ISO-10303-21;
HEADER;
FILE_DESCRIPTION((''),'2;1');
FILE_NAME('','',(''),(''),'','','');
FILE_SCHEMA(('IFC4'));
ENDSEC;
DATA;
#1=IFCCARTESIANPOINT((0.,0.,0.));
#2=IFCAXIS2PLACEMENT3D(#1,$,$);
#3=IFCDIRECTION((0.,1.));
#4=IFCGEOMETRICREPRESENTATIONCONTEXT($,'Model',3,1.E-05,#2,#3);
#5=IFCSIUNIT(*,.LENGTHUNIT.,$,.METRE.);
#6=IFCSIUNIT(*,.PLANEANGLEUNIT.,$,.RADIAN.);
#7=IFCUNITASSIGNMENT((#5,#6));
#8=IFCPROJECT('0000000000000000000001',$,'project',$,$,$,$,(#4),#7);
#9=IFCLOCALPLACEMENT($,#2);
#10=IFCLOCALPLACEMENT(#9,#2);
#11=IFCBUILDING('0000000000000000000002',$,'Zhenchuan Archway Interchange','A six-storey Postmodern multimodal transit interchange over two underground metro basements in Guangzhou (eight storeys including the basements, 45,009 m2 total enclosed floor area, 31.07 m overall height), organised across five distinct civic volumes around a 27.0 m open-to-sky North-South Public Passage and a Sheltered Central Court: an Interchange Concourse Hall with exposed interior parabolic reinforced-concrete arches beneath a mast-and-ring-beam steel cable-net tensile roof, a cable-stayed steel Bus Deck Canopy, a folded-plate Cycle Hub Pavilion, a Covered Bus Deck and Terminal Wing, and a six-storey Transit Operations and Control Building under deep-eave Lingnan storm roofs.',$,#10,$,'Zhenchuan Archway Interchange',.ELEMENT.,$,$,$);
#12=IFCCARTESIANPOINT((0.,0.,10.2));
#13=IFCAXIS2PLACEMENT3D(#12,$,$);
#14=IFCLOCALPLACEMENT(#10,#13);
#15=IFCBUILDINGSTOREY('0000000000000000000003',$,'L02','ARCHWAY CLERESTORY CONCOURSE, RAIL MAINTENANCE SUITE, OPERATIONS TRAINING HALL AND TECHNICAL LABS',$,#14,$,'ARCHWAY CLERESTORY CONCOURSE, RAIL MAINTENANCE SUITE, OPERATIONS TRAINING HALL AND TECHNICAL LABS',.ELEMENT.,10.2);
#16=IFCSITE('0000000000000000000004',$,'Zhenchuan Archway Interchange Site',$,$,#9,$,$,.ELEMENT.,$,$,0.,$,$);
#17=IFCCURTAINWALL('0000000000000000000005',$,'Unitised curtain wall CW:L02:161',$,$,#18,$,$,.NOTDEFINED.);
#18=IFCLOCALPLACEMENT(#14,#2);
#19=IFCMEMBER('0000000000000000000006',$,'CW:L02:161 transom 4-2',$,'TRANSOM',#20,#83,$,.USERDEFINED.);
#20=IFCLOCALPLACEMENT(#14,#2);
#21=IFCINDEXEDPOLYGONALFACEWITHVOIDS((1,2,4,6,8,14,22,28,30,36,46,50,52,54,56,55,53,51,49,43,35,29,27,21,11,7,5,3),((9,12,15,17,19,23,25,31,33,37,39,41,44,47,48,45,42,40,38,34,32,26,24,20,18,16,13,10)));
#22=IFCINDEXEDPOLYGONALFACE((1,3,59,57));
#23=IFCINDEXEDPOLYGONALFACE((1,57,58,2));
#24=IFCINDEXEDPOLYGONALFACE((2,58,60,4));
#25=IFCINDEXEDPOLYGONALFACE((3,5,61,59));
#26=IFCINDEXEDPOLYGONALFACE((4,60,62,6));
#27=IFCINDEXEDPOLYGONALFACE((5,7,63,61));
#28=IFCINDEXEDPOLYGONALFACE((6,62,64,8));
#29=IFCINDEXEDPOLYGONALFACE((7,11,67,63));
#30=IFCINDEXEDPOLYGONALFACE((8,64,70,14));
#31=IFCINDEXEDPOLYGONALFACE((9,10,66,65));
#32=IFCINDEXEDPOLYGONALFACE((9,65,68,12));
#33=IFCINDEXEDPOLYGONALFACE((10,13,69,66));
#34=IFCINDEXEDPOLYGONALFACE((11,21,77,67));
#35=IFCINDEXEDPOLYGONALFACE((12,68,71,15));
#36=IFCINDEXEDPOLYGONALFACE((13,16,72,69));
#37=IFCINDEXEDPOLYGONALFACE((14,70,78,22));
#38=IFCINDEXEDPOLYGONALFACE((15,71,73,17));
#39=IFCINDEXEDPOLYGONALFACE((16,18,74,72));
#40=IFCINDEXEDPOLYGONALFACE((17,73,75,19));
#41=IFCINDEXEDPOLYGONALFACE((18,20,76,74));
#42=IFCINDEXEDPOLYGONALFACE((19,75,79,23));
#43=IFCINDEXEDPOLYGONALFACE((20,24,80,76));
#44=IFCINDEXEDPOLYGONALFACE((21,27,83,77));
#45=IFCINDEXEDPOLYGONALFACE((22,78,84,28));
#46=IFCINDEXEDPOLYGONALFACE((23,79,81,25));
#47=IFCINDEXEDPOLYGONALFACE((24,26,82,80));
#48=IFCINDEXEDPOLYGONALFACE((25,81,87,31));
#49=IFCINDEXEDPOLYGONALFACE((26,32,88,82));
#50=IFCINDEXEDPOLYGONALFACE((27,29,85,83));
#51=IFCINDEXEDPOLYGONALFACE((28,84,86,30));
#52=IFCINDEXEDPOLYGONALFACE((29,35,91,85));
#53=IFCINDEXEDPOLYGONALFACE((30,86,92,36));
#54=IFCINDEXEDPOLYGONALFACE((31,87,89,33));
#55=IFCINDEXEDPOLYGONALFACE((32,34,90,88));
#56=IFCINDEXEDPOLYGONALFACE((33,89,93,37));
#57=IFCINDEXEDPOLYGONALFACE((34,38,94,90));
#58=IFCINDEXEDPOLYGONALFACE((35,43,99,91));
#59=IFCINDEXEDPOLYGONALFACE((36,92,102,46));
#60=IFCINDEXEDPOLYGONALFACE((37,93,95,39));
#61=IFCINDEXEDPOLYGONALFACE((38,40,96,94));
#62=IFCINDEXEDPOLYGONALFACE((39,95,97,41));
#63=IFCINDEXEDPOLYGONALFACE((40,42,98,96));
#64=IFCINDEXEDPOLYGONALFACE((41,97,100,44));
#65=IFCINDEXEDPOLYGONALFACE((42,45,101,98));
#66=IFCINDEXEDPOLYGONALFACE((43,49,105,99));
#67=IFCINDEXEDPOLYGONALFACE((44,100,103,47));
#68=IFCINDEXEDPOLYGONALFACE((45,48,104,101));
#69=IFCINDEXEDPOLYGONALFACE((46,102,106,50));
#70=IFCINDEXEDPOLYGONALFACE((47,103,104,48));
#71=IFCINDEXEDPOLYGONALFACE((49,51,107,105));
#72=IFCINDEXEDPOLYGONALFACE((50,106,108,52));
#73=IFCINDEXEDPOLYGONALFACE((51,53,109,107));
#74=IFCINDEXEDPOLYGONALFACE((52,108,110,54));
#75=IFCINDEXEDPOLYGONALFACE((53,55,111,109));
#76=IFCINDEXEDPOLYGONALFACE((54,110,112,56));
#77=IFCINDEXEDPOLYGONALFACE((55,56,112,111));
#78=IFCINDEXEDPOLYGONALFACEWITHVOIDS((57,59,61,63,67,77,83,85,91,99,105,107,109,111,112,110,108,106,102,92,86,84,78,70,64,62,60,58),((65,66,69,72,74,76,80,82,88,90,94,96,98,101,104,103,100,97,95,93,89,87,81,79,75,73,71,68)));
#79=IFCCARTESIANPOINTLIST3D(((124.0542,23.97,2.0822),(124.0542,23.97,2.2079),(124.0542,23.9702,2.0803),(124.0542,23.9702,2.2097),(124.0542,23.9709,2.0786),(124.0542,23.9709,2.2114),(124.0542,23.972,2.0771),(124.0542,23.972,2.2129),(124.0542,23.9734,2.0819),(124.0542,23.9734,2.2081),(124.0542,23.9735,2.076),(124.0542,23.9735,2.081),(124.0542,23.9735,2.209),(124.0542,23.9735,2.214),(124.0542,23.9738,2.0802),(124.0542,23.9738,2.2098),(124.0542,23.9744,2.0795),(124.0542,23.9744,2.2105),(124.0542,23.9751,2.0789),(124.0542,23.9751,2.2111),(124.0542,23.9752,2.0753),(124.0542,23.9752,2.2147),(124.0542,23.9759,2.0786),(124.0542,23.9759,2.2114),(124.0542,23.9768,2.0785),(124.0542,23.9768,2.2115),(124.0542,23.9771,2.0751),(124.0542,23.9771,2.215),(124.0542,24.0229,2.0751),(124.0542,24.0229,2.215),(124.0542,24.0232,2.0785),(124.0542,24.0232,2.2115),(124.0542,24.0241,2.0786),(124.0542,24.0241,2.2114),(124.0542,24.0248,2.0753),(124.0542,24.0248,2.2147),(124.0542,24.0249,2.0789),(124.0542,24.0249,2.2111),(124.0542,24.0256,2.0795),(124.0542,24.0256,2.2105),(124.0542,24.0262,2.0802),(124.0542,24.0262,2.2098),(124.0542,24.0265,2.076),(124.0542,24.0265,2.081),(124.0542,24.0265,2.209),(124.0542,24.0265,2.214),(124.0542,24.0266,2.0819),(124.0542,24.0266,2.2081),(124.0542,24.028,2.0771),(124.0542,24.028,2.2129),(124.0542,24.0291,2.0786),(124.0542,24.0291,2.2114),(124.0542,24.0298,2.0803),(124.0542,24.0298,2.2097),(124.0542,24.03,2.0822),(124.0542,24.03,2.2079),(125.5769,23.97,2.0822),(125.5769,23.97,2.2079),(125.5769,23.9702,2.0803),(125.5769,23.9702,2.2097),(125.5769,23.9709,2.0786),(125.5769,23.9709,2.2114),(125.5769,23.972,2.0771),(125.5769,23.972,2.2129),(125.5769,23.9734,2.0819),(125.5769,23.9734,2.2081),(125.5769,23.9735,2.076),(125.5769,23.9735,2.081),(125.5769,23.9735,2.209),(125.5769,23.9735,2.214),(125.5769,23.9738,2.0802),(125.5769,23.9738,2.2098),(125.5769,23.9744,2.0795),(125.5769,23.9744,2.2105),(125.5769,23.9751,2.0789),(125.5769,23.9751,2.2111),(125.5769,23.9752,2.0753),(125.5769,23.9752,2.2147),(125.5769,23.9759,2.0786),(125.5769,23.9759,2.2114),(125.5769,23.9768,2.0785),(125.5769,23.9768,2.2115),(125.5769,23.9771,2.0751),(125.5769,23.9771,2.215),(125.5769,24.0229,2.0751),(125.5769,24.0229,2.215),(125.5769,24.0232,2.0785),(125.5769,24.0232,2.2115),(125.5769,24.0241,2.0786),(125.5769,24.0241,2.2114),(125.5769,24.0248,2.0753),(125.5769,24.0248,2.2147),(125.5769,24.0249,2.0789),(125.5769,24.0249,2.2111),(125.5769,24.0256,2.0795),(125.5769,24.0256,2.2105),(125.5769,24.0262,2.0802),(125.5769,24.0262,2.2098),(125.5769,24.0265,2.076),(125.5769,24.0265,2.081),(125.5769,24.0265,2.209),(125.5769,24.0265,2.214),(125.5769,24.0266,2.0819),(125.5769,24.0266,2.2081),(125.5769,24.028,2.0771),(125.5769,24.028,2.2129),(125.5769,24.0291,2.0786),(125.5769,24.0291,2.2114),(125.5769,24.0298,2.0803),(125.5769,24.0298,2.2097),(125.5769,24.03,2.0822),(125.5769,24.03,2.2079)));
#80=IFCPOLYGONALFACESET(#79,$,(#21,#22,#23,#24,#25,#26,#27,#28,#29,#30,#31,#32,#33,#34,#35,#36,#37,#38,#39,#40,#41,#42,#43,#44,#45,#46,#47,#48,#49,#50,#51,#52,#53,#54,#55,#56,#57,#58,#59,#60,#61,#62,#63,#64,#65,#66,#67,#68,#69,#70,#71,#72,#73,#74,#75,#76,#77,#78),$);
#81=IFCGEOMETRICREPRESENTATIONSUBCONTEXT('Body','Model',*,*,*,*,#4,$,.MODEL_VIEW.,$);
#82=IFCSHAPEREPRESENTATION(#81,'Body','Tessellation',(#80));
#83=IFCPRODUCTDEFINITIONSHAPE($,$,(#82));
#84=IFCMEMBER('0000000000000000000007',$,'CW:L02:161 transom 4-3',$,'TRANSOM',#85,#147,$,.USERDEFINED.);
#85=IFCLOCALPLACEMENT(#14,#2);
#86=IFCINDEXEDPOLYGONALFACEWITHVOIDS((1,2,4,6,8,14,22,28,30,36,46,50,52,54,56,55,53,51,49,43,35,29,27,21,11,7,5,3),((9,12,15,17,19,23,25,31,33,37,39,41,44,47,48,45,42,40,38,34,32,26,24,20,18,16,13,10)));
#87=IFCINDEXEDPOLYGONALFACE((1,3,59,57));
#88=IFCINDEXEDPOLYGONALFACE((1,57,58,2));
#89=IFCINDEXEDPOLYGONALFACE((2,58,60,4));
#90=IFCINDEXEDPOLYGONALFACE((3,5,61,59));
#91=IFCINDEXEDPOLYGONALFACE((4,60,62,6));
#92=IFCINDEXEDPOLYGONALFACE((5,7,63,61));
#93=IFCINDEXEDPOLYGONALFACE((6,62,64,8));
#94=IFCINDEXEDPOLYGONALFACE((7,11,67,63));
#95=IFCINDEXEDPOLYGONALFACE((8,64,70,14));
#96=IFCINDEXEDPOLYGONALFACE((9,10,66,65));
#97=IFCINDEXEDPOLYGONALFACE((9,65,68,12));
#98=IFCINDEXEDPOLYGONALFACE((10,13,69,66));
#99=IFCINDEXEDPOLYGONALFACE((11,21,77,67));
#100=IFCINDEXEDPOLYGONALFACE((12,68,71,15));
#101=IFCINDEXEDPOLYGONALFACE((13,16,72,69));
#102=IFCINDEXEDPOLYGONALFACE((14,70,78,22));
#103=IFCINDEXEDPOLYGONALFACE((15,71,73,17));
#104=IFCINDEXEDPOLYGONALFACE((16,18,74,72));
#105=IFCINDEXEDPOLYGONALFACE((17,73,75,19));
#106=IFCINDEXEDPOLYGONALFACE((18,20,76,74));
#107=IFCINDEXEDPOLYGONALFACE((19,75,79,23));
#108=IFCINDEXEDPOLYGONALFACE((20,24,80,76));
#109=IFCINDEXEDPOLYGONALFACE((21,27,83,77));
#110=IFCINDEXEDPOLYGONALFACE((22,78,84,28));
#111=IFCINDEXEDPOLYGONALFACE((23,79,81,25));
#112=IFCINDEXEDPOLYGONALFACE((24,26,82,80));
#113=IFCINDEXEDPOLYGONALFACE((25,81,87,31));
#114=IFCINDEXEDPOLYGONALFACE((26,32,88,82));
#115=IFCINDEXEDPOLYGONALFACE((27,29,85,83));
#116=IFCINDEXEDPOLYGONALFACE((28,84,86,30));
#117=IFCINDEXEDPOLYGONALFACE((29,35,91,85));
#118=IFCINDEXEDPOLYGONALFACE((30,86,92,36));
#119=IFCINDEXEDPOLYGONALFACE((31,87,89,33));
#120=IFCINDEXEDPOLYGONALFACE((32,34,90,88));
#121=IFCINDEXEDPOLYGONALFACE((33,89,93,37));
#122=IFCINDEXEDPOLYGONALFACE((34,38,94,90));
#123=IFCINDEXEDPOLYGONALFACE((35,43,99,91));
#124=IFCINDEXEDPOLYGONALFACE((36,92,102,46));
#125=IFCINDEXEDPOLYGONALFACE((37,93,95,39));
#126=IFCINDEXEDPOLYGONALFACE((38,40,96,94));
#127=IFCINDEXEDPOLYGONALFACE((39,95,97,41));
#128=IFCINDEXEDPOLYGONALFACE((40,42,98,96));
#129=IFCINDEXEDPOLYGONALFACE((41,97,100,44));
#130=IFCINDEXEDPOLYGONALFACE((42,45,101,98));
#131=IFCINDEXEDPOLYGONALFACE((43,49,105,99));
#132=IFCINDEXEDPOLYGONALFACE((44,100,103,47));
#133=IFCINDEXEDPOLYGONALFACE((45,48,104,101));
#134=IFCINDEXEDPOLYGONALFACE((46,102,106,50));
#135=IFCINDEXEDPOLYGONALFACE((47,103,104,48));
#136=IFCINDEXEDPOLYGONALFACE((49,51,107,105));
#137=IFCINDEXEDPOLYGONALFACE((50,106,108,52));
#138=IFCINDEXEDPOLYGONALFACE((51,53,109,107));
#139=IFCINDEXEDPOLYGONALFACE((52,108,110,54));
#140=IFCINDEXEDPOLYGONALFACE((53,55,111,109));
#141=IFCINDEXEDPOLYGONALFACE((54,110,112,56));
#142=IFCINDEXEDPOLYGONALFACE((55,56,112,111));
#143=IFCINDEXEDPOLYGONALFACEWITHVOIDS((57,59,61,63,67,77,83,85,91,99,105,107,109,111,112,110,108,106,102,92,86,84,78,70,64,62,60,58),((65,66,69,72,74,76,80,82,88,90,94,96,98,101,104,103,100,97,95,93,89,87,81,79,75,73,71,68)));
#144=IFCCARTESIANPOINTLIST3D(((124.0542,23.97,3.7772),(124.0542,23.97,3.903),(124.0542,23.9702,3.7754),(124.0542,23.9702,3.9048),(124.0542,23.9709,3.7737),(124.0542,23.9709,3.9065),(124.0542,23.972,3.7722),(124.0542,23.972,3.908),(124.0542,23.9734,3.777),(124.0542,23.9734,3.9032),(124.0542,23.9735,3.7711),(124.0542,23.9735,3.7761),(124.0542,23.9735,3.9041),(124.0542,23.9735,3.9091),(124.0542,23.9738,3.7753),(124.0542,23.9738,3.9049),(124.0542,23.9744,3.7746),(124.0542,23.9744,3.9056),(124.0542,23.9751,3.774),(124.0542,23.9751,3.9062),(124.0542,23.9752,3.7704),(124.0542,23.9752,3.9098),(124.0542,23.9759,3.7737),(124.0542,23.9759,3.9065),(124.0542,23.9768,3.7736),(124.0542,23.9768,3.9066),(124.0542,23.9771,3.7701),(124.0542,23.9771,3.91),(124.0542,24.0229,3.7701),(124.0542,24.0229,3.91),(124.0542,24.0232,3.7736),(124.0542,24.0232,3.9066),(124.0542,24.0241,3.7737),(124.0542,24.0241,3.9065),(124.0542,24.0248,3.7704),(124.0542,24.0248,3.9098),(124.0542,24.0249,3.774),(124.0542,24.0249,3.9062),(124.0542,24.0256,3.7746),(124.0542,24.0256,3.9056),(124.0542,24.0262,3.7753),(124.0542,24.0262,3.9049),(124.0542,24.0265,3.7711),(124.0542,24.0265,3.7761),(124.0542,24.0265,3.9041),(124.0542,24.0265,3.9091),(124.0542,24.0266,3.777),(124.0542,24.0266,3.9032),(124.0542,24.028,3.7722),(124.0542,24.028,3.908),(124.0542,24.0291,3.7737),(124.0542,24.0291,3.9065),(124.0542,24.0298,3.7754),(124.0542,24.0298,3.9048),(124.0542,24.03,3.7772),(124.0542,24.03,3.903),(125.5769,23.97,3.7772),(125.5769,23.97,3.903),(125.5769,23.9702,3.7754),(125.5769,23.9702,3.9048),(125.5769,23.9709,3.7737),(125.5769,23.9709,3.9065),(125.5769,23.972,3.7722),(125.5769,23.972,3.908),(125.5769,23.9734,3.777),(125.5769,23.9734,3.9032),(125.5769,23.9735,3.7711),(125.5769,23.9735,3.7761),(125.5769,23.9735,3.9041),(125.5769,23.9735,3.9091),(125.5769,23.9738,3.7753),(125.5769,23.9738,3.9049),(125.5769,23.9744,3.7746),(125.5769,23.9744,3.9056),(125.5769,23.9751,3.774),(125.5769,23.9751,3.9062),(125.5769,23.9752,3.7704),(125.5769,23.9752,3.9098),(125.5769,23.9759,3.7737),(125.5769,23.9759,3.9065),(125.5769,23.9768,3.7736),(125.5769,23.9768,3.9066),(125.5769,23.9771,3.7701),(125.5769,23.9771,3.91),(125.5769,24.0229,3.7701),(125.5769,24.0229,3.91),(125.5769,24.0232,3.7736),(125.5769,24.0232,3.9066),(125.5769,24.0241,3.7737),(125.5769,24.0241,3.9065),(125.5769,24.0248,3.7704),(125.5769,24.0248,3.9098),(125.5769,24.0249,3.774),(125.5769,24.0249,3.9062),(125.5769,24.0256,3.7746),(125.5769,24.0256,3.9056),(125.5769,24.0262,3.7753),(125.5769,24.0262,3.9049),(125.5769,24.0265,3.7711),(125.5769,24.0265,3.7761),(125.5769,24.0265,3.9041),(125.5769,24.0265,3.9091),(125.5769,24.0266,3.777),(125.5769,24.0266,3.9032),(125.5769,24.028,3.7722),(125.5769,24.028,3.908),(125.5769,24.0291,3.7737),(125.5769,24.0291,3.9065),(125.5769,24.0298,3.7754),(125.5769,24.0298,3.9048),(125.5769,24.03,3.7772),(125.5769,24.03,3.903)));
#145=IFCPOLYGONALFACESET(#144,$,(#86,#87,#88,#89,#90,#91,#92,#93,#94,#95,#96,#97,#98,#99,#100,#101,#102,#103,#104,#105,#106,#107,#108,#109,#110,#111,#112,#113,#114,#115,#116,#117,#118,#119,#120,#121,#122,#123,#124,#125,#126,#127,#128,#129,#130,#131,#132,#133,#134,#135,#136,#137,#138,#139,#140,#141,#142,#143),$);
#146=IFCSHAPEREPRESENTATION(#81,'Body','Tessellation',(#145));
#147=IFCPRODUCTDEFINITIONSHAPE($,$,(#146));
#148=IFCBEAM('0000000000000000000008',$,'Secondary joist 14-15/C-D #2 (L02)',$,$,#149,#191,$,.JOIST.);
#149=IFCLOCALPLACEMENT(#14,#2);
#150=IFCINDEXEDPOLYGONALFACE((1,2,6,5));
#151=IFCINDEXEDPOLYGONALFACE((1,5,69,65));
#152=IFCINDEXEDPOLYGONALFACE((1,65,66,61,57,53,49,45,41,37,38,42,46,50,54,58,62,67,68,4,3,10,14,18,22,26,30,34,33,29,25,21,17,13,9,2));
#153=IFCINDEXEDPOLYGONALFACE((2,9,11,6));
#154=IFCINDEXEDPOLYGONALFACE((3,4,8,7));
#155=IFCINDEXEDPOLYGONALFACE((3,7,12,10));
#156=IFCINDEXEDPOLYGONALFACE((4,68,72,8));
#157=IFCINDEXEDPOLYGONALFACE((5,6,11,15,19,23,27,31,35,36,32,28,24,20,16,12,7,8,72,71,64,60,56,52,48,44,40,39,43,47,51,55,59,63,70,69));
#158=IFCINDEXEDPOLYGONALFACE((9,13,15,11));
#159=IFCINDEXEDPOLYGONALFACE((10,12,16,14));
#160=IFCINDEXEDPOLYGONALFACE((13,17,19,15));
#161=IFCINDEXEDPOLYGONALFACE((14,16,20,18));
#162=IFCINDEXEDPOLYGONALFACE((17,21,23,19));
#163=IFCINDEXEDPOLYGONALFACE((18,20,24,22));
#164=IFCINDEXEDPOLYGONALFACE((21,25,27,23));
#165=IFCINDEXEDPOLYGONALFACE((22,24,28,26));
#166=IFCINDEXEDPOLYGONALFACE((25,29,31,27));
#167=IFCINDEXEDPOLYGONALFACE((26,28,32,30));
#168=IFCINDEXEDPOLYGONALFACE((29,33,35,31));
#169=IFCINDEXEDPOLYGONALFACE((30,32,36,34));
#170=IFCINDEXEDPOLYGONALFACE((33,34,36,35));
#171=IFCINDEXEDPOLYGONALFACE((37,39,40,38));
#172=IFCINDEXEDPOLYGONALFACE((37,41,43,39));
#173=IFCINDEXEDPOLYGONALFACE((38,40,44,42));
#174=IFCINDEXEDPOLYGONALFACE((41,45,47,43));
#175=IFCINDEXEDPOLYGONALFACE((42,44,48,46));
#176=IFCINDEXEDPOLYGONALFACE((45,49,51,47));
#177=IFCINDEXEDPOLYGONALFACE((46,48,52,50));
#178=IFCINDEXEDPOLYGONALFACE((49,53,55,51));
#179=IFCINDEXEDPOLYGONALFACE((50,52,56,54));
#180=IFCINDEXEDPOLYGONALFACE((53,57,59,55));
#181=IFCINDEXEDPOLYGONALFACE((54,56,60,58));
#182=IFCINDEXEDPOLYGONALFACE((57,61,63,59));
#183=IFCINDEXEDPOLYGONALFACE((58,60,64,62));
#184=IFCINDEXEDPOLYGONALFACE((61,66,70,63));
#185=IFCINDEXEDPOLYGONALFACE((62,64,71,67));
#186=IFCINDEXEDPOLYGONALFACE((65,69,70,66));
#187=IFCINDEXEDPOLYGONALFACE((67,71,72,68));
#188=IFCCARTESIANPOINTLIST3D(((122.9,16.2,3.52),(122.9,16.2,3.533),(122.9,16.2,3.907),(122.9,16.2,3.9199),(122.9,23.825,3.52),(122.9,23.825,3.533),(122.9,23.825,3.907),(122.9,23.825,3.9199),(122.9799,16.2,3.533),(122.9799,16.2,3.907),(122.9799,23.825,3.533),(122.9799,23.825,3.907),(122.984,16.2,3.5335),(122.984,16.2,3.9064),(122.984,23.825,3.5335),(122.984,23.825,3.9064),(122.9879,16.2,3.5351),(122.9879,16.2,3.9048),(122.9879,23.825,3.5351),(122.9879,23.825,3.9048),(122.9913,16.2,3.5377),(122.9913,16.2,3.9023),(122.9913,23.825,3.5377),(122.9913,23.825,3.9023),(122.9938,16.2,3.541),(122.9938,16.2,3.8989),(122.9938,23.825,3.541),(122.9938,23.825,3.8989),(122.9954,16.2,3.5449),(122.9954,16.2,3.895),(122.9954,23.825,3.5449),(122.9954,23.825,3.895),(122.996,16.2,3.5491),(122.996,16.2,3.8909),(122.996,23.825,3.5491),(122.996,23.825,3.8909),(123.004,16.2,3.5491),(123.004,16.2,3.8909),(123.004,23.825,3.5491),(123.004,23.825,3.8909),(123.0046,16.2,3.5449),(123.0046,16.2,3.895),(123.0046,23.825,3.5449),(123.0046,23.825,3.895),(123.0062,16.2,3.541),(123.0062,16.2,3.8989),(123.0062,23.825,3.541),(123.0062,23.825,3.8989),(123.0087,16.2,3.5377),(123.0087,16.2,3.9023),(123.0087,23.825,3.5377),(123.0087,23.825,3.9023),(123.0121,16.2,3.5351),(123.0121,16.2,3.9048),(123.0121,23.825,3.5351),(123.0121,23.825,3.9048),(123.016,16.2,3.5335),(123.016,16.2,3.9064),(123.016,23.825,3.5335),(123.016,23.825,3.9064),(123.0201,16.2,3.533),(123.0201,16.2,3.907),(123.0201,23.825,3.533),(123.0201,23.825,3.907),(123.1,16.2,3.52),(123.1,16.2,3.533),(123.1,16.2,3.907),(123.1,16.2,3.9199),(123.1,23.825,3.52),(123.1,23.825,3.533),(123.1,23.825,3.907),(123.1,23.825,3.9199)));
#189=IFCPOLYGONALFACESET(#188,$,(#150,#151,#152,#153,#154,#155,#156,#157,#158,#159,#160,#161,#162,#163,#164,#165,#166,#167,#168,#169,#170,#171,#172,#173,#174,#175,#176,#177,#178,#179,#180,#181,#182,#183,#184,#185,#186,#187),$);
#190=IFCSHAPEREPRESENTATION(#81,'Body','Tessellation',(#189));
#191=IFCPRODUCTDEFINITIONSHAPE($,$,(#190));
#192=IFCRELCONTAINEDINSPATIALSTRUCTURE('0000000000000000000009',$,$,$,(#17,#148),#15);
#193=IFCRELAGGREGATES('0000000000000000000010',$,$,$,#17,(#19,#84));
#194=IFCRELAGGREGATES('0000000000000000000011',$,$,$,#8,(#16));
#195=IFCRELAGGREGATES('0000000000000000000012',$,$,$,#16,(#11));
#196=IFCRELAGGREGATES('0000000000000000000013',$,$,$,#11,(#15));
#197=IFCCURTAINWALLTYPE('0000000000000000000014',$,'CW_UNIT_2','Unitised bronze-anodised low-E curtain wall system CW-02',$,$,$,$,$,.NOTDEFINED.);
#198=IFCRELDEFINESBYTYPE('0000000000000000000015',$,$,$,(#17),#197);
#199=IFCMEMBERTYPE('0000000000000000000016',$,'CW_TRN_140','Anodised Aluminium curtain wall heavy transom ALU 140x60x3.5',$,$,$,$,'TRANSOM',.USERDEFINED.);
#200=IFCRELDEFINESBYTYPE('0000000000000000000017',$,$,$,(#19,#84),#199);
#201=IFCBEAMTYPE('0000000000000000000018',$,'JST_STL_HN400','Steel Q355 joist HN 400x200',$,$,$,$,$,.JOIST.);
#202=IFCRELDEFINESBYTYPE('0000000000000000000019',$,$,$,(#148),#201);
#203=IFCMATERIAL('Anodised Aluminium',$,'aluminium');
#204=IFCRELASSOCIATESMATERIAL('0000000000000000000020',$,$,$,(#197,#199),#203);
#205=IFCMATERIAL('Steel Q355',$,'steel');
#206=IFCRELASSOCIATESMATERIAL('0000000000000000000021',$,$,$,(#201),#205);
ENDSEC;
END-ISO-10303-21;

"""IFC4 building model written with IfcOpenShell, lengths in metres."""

from ifc_helpers import new_model, si_unit, direction, frame, origin, origin_2d, place, context, subcontext, project, spatial, hollow_rectangle, i_section, extrude, material, material_profile, profile_set, type_object, element, aggregate, save


model = new_model("IFC4")

# Units and contexts
model_context = context("Model", 3, precision=1e-05, world=origin(), true_north=direction((0.0, 1.0)))
body_context = subcontext(model_context, "Body", "Model", "MODEL_VIEW")
ifc_project = project(units=[si_unit("LENGTHUNIT", "METRE"), si_unit("PLANEANGLEUNIT", "RADIAN")], contexts=[model_context])

# Site, building, storey
site_placement = place(None, origin())
site = spatial("IfcSite", under=ifc_project, at=site_placement, Name="Zhenchuan Archway Interchange Site", CompositionType="ELEMENT", RefElevation=0.0)
building_placement = place(site_placement, origin())
building = spatial("IfcBuilding", under=site, at=building_placement, Name="Zhenchuan Archway Interchange", Description="A six-storey Postmodern multimodal transit interchange over two underground metro basements in Guangzhou (eight storeys including the basements, 45,009 m2 total enclosed floor area, 31.07 m overall height), organised across five distinct civic volumes around a 27.0 m open-to-sky North-South Public Passage and a Sheltered Central Court: an Interchange Concourse Hall with exposed interior parabolic reinforced-concrete arches beneath a mast-and-ring-beam steel cable-net tensile roof, a cable-stayed steel Bus Deck Canopy, a folded-plate Cycle Hub Pavilion, a Covered Bus Deck and Terminal Wing, and a six-storey Transit Operations and Control Building under deep-eave Lingnan storm roofs.", LongName="Zhenchuan Archway Interchange", CompositionType="ELEMENT")
storey_placement = place(building_placement, frame((0.0, 0.0, 10.2)))
storey = spatial("IfcBuildingStorey", under=building, at=storey_placement, Name="L02", Description="ARCHWAY CLERESTORY CONCOURSE, RAIL MAINTENANCE SUITE, OPERATIONS TRAINING HALL AND TECHNICAL LABS", LongName="ARCHWAY CLERESTORY CONCOURSE, RAIL MAINTENANCE SUITE, OPERATIONS TRAINING HALL AND TECHNICAL LABS", CompositionType="ELEMENT", Elevation=10.2)

# Curtain wall, members
ifc_material_1 = material(Name="Anodised Aluminium", Category="aluminium")
curtain_wall_type = type_object("IfcCurtainWallType", Name="CW_UNIT_2", Description="Unitised bronze-anodised low-E curtain wall system CW-02", PredefinedType="NOTDEFINED", material=ifc_material_1)
curtain_wall_placement = place(storey_placement, origin())
curtain_wall = element("IfcCurtainWall", 1, at=curtain_wall_placement, inside=storey, type_object=curtain_wall_type, Name="Unitised curtain wall CW:L02:161", PredefinedType="NOTDEFINED")
ifc_material_profile_1 = material_profile(ifc_material_1, hollow_rectangle(XDim=0.0601, YDim=0.1399, WallThickness=0.0034, InnerFilletRadius=0.0034, OuterFilletRadius=0.0071, at=origin_2d()), Name="ALU 140x60x3.5")
ifc_profile_set_1 = profile_set([ifc_material_profile_1], Name="Anodised Aluminium")
member_type_1 = type_object("IfcMemberType", Name="CW_TRN_140", Description="Anodised Aluminium curtain wall heavy transom ALU 140x60x3.5", ElementType="TRANSOM", PredefinedType="USERDEFINED", material=ifc_profile_set_1)
member_1_placement = place(storey_placement, frame((124.0542, 24.0, 2.145), z_axis=(1.0, 0.0, 0.0), x_axis=(0.0, 1.0, 0.0)))
member_1 = element("IfcMember", 2, at=member_1_placement, type_object=member_type_1, Name="CW:L02:161 transom 4-2", ObjectType="TRANSOM", PredefinedType="USERDEFINED", context=body_context, shape_type="SweptSolid", body=[
    extrude(hollow_rectangle(XDim=0.0601, YDim=0.1399, WallThickness=0.0034, InnerFilletRadius=0.0034, OuterFilletRadius=0.0071, at=origin_2d()), origin(), (0.0, 0.0, 1.0), 1.5227),
])
member_2_placement = place(storey_placement, frame((124.0542, 24.0, 3.8401), z_axis=(1.0, 0.0, 0.0), x_axis=(0.0, 1.0, 0.0)))
member_2 = element("IfcMember", 3, at=member_2_placement, type_object=member_type_1, Name="CW:L02:161 transom 4-3", ObjectType="TRANSOM", PredefinedType="USERDEFINED", context=body_context, shape_type="SweptSolid", body=[
    extrude(hollow_rectangle(XDim=0.0601, YDim=0.1399, WallThickness=0.0034, InnerFilletRadius=0.0034, OuterFilletRadius=0.0071, at=origin_2d()), origin(), (0.0, 0.0, 1.0), 1.5227),
])

# Beam
ifc_material_2 = material(Name="Steel Q355", Category="steel")
ifc_material_profile_2 = material_profile(ifc_material_2, i_section(OverallWidth=0.2, OverallDepth=0.3999, WebThickness=0.0081, FlangeThickness=0.0129, FilletRadius=0.0161, at=origin_2d()), Name="HN 400x200")
ifc_profile_set_2 = profile_set([ifc_material_profile_2], Name="Steel Q355")
beam_type = type_object("IfcBeamType", Name="JST_STL_HN400", Description="Steel Q355 joist HN 400x200", PredefinedType="JOIST", material=ifc_profile_set_2)
beam_placement = place(storey_placement, frame((123.0, 16.2, 3.72), z_axis=(0.0, 1.0, 0.0), x_axis=(-1.0, 0.0, 0.0)))
element("IfcBeam", 4, at=beam_placement, inside=storey, type_object=beam_type, Name="Secondary joist 14-15/C-D #2 (L02)", PredefinedType="JOIST", context=body_context, shape_type="SweptSolid", body=[
    extrude(i_section(OverallWidth=0.2, OverallDepth=0.3999, WebThickness=0.0081, FlangeThickness=0.0129, FilletRadius=0.0161, at=origin_2d()), origin(), (0.0, 0.0, 1.0), 7.625),
])

aggregate(curtain_wall, [member_1, member_2])

save(model, "model.ifc")
